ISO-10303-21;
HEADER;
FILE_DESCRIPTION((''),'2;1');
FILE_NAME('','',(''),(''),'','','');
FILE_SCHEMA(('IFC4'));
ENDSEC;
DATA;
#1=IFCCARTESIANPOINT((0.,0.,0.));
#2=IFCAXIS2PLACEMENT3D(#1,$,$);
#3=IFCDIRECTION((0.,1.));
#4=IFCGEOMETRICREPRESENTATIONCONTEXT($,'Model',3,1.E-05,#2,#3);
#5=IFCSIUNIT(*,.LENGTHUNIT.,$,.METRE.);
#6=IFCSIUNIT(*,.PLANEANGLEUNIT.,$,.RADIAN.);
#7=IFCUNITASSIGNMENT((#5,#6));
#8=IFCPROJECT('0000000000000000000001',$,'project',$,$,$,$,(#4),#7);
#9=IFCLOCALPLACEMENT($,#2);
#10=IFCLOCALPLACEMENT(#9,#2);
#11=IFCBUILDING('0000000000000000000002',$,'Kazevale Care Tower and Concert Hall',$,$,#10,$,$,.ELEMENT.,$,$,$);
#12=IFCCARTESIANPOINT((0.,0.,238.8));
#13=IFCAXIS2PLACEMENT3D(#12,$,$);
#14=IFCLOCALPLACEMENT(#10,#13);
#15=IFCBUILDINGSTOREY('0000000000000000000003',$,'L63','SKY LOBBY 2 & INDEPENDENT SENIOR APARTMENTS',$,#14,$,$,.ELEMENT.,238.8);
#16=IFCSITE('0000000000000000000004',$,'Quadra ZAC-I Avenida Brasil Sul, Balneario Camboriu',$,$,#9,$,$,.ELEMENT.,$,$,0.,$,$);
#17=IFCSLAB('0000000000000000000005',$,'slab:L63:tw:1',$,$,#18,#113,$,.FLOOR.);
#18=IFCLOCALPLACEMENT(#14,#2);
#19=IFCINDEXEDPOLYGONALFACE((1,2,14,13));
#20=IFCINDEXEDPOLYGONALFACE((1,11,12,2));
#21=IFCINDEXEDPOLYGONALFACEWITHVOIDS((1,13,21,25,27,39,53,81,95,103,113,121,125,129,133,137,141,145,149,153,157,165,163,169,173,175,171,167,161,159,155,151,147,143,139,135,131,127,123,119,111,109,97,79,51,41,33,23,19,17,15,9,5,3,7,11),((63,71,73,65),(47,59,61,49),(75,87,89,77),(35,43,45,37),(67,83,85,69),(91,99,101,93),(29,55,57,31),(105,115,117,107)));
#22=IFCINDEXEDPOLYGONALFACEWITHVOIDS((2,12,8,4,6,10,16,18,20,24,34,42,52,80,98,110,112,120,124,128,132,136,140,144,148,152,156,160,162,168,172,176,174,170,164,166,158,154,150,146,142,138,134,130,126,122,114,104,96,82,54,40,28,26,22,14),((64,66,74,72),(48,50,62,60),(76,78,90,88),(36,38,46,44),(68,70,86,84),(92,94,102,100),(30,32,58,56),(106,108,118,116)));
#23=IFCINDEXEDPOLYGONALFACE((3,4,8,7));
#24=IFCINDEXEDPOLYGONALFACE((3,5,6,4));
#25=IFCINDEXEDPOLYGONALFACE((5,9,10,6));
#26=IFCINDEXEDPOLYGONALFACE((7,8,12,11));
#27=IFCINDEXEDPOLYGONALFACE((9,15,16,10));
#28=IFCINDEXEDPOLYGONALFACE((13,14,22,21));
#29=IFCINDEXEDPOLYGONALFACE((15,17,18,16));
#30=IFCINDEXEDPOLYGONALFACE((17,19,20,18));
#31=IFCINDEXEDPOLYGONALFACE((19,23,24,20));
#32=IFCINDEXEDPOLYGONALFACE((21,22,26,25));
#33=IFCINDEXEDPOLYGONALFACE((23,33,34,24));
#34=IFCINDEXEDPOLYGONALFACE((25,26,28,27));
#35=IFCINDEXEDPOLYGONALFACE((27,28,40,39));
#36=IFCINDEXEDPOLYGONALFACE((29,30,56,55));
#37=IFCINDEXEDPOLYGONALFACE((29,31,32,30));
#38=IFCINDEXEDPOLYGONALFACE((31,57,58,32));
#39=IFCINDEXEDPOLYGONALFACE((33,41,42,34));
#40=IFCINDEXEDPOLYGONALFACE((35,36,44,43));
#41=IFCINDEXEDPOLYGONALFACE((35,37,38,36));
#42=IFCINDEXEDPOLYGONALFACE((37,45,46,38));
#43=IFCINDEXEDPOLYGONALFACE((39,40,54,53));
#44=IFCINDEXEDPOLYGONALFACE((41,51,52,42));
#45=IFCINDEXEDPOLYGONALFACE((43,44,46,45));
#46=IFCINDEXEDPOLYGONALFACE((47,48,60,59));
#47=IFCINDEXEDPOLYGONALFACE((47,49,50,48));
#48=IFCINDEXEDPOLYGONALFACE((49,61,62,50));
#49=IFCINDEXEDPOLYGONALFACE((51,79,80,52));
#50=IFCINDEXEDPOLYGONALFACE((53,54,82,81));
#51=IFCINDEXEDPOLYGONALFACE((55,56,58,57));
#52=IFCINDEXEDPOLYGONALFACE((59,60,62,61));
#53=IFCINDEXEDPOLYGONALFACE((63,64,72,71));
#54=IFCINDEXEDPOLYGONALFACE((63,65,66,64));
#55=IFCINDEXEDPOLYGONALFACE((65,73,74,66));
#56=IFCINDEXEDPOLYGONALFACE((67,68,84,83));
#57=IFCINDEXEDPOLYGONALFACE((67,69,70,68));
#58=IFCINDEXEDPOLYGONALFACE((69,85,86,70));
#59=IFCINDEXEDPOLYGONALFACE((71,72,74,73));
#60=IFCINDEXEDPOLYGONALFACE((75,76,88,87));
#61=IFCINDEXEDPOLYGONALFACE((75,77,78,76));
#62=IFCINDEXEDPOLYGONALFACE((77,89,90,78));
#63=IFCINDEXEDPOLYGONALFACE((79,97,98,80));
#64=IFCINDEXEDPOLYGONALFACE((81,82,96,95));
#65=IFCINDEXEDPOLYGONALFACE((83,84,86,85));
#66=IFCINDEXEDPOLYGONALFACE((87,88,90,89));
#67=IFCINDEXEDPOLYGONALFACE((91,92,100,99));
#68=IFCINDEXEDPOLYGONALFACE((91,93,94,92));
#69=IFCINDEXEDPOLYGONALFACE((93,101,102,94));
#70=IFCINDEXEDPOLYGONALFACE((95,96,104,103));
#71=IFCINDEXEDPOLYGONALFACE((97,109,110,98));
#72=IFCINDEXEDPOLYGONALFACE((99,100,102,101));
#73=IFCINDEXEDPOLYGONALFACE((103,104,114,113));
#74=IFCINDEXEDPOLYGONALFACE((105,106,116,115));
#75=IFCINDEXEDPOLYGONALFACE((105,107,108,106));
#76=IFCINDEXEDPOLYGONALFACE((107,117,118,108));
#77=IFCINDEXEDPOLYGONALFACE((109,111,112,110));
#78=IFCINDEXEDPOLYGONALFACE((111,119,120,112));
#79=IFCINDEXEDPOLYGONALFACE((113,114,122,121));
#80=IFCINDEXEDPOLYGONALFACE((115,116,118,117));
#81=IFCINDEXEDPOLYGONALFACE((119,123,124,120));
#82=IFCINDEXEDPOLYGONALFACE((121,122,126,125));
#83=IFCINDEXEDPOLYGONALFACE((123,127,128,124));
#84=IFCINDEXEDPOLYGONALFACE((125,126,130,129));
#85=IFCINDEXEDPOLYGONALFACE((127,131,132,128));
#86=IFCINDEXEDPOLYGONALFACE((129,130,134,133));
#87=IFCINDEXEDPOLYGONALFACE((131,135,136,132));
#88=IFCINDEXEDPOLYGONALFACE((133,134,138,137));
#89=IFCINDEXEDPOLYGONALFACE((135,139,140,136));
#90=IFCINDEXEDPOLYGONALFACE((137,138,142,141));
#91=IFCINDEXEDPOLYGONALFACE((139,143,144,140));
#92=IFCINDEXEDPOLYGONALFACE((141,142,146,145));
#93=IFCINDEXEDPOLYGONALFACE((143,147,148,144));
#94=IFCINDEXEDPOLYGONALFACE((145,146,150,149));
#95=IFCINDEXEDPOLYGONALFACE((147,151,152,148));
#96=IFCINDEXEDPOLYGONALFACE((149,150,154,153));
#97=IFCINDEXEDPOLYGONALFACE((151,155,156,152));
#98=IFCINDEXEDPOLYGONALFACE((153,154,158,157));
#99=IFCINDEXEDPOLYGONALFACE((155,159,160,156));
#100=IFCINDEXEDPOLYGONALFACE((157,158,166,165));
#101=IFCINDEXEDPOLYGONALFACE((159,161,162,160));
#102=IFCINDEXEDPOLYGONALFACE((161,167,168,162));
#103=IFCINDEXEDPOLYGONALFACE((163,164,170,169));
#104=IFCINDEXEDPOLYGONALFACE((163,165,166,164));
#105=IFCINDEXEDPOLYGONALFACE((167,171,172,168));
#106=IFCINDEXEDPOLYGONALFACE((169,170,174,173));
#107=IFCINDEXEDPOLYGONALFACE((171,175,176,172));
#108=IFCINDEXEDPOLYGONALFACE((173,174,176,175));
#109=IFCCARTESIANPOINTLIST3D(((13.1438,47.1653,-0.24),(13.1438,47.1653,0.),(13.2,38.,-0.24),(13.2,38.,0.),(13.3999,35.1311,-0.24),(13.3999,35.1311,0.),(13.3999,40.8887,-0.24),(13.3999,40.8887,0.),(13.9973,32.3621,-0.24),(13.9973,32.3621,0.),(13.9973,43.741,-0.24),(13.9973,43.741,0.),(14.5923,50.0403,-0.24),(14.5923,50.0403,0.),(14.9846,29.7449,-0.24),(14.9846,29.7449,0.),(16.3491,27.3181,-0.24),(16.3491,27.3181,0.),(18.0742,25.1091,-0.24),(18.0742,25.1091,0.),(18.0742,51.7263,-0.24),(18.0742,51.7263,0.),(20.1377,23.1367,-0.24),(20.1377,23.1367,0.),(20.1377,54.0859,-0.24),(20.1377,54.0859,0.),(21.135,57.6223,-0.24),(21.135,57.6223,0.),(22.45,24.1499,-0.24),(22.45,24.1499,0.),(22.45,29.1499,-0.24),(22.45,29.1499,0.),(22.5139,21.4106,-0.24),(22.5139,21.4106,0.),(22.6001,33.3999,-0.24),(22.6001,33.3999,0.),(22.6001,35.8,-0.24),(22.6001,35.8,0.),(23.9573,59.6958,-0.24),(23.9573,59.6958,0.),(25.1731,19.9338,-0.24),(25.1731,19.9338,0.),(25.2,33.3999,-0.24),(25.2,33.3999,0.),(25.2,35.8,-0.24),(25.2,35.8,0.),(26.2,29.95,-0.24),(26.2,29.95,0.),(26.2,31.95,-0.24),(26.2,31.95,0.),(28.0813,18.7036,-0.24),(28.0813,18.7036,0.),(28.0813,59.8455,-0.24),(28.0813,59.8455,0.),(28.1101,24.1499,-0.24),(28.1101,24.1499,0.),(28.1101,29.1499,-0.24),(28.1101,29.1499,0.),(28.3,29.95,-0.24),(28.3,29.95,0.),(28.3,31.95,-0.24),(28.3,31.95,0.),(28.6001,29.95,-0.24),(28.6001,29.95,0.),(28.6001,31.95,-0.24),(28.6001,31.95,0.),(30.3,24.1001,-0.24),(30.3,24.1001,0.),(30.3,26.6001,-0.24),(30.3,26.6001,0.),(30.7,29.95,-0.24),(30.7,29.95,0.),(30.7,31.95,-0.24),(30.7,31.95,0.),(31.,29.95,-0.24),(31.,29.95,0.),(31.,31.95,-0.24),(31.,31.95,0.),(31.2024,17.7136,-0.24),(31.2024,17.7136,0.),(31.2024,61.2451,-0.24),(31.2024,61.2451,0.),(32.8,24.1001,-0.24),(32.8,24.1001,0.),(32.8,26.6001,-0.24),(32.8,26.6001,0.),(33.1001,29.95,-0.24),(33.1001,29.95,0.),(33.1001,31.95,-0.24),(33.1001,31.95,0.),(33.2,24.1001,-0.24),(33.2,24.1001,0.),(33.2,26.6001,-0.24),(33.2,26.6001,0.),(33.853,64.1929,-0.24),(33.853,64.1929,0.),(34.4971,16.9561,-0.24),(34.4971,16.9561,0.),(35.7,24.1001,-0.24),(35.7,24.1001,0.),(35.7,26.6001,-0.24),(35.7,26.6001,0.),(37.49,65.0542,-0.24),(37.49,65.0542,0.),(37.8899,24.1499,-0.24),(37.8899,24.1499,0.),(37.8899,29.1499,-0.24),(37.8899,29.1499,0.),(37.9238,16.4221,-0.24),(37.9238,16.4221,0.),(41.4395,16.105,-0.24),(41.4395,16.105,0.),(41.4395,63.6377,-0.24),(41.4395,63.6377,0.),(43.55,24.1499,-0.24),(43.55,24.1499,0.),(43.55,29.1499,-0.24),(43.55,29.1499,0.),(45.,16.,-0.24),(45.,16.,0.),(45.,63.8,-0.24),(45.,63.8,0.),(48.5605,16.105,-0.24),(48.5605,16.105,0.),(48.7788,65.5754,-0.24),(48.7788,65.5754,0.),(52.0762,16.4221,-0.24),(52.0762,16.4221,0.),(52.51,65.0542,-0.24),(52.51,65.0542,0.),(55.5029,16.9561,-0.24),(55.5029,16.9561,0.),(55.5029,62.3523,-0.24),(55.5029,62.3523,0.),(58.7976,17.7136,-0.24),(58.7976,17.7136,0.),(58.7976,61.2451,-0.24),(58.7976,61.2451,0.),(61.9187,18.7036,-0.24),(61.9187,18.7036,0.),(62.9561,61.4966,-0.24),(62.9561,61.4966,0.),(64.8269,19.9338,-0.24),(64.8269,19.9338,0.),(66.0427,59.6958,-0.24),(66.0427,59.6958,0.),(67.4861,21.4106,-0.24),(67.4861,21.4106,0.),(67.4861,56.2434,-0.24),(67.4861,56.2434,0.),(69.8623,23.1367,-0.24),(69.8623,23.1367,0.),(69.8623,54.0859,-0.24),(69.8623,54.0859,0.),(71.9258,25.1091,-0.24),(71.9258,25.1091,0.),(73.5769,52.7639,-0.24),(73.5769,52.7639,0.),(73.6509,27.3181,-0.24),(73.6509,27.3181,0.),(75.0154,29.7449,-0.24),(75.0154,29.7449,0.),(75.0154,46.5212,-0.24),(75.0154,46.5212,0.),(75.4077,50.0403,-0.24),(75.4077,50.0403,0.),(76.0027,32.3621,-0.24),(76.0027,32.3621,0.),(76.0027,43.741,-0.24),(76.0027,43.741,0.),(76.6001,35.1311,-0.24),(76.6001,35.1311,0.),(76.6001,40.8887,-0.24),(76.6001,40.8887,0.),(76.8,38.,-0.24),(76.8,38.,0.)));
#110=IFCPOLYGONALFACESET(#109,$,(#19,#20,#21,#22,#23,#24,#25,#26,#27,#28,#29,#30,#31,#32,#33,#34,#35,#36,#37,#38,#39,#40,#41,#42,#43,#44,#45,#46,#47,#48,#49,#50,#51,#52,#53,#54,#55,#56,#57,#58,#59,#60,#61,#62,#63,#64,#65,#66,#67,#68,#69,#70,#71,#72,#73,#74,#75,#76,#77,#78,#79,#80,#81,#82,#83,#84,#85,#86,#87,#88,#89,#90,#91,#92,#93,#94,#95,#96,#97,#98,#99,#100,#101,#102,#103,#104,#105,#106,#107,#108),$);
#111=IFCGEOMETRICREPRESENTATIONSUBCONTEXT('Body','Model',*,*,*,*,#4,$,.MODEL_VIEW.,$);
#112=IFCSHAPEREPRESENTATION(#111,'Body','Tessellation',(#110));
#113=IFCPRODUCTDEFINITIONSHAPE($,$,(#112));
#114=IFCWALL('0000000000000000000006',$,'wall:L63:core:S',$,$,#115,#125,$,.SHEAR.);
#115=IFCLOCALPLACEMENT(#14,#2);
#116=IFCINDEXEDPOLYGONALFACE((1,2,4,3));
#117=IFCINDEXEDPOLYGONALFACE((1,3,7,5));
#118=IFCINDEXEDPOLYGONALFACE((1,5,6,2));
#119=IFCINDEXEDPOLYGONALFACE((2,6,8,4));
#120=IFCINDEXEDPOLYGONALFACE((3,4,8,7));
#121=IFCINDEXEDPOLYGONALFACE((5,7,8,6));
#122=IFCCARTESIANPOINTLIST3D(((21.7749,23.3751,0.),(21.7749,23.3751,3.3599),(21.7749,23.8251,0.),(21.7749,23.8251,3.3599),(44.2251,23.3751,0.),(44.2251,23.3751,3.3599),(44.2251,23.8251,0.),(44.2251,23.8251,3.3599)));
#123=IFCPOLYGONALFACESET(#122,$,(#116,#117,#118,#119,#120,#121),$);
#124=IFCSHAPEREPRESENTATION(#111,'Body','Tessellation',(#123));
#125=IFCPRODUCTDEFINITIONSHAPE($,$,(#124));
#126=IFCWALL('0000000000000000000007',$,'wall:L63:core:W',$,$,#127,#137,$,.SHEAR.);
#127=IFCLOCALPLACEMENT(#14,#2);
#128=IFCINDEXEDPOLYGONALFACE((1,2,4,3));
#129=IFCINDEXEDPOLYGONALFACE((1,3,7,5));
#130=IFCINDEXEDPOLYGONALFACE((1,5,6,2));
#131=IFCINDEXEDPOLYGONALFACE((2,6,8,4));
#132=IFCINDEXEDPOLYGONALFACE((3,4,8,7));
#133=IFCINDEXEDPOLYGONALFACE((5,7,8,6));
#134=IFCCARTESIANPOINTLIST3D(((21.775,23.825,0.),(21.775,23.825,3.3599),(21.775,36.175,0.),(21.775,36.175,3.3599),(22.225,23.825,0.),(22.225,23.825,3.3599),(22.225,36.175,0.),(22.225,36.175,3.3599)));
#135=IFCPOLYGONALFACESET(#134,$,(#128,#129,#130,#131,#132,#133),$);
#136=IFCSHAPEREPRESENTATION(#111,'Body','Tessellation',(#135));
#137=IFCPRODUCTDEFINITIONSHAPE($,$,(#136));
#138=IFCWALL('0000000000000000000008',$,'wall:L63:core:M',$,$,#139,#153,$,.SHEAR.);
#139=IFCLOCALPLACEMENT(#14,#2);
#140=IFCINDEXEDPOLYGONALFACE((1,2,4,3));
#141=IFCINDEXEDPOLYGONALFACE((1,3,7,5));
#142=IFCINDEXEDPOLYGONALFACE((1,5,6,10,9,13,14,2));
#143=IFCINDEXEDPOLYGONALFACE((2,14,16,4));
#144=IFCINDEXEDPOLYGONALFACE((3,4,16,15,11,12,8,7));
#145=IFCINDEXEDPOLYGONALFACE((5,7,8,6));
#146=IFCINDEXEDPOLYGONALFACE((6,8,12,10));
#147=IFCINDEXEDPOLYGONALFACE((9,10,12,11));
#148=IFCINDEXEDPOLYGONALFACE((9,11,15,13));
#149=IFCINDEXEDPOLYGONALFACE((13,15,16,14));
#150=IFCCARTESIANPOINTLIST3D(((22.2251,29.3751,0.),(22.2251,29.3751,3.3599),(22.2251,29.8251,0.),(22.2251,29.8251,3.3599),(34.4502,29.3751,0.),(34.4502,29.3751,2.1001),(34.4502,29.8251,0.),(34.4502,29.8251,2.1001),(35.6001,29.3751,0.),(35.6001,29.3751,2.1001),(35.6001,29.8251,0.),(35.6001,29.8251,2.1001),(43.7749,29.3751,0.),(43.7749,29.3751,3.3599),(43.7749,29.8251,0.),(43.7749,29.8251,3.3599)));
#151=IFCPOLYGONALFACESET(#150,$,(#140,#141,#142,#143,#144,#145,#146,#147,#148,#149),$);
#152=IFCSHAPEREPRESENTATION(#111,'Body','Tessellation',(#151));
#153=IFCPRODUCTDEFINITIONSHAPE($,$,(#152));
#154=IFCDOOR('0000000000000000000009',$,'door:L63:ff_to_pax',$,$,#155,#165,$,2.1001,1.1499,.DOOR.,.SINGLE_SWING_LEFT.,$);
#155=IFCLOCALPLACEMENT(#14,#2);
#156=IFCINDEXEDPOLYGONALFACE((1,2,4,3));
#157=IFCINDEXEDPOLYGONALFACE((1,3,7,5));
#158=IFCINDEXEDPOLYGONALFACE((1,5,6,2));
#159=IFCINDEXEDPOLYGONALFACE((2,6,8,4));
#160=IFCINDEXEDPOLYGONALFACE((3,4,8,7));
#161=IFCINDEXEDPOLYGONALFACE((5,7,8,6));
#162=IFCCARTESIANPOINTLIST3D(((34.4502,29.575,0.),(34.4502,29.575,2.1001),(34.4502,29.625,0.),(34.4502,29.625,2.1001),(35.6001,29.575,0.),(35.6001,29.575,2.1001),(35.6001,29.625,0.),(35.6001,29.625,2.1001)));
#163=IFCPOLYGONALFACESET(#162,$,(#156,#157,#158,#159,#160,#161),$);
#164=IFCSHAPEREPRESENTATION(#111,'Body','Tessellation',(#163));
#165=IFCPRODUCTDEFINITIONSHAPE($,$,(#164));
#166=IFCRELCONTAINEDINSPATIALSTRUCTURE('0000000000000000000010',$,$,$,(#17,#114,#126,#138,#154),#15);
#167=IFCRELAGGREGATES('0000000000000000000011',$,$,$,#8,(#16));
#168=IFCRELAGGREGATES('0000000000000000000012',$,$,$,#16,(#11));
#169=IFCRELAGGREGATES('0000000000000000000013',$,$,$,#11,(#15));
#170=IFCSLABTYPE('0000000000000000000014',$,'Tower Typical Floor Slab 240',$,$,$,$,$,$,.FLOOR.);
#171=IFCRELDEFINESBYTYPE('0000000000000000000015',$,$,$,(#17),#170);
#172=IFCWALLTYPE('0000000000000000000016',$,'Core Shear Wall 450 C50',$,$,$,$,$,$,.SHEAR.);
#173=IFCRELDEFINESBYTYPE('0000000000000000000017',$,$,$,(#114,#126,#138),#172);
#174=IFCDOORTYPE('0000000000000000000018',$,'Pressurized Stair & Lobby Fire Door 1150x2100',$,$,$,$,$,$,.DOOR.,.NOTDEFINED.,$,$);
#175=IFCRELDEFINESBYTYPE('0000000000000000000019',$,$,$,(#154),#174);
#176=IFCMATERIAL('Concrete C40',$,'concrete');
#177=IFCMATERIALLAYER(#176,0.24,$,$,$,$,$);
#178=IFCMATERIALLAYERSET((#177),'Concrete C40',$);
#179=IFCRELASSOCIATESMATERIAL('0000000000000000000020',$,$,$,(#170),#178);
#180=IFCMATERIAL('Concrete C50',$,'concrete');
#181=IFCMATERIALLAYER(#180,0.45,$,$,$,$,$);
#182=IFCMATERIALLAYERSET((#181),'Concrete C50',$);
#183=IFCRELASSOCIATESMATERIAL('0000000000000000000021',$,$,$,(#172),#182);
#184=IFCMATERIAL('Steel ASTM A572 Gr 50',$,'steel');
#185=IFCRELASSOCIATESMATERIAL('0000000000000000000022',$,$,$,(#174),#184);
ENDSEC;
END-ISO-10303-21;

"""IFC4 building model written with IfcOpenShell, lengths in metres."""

from ifc_helpers import new_model, si_unit, direction, frame, frame_2d, origin, place, context, subcontext, project, spatial, polyline, rectangle, outline, extrude, material, layer, layer_set, type_object, element, fill, save


model = new_model("IFC4")

# Units and contexts
model_context = context("Model", 3, precision=1e-05, world=origin(), true_north=direction((0.0, 1.0)))
body_context = subcontext(model_context, "Body", "Model", "MODEL_VIEW")
ifc_project = project(units=[si_unit("LENGTHUNIT", "METRE"), si_unit("PLANEANGLEUNIT", "RADIAN")], contexts=[model_context])

# Site, building, storey
site_placement = place(None, origin())
site = spatial("IfcSite", under=ifc_project, at=site_placement, Name="Quadra ZAC-I Avenida Brasil Sul, Balneario Camboriu", CompositionType="ELEMENT", RefElevation=0.0)
building_placement = place(site_placement, origin())
building = spatial("IfcBuilding", under=site, at=building_placement, Name="Kazevale Care Tower and Concert Hall", CompositionType="ELEMENT")
storey_placement = place(building_placement, frame((0.0, 0.0, 238.8)))
storey = spatial("IfcBuildingStorey", under=building, at=storey_placement, Name="L63", Description="SKY LOBBY 2 & INDEPENDENT SENIOR APARTMENTS", CompositionType="ELEMENT", Elevation=238.8)

# Shared definitions
ifc_material_1 = material(Name="Concrete C50", Category="concrete")

# Shared definitions
ifc_material_2 = material(Name="Steel ASTM A572 Gr 50", Category="steel")

# Shared definitions
ifc_material_3 = material(Name="Concrete C40", Category="concrete")

# Slab
ifc_layer_1 = layer(ifc_material_3, 0.24)
ifc_layer_set_1 = layer_set([ifc_layer_1], Name="Concrete C40")
slab_type_1 = type_object("IfcSlabType", Name="Tower Typical Floor Slab 240", PredefinedType="FLOOR", material=ifc_layer_set_1)
slab_1_placement = place(storey_placement, frame((0.0, 0.0, -0.24)))
element("IfcSlab", 1, at=slab_1_placement, inside=storey, type_object=slab_type_1, Name="slab:L63:tw:1", PredefinedType="FLOOR", context=body_context, shape_type="SweptSolid", body=[
    extrude(outline(polyline([(76.8, 38.0), (76.6001, 40.8887), (76.0027, 43.741), (75.0154, 46.5212), (75.4077, 50.0403), (73.5769, 52.7639), (69.8623, 54.0859), (67.4861, 56.2434), (66.0427, 59.6958), (62.9561, 61.4966), (58.7976, 61.2451), (55.5029, 62.3523), (52.51, 65.0542), (48.7788, 65.5754), (45.0, 63.8), (41.4395, 63.6377), (37.49, 65.0542), (33.853, 64.1929), (31.2024, 61.2451), (28.0813, 59.8455), (23.9573, 59.6958), (21.135, 57.6223), (20.1377, 54.0859), (18.0742, 51.7263), (14.5923, 50.0403), (13.1438, 47.1653), (13.9973, 43.741), (13.3999, 40.8887), (13.2, 38.0), (13.3999, 35.1311), (13.9973, 32.3621), (14.9846, 29.7449), (16.3491, 27.3181), (18.0742, 25.1091), (20.1377, 23.1367), (22.5139, 21.4106), (25.1731, 19.9338), (28.0813, 18.7036), (31.2024, 17.7136), (34.4971, 16.9561), (37.9238, 16.4221), (41.4395, 16.105), (45.0, 16.0), (48.5605, 16.105), (52.0762, 16.4221), (55.5029, 16.9561), (58.7976, 17.7136), (61.9187, 18.7036), (64.8269, 19.9338), (67.4861, 21.4106), (69.8623, 23.1367), (71.9258, 25.1091), (73.6509, 27.3181), (75.0154, 29.7449), (76.0027, 32.3621), (76.6001, 35.1311), (76.8, 38.0)]), holes=[polyline([(22.45, 24.1499), (28.1101, 24.1499), (28.1101, 29.1499), (22.45, 29.1499), (22.45, 24.1499)]), polyline([(37.8899, 24.1499), (43.55, 24.1499), (43.55, 29.1499), (37.8899, 29.1499), (37.8899, 24.1499)]), polyline([(30.3, 24.1001), (32.8, 24.1001), (32.8, 26.6001), (30.3, 26.6001), (30.3, 24.1001)]), polyline([(33.2, 24.1001), (35.7, 24.1001), (35.7, 26.6001), (33.2, 26.6001), (33.2, 24.1001)]), polyline([(22.6001, 33.3999), (25.2, 33.3999), (25.2, 35.8), (22.6001, 35.8), (22.6001, 33.3999)]), polyline([(26.2, 29.95), (28.3, 29.95), (28.3, 31.95), (26.2, 31.95), (26.2, 29.95)]), polyline([(28.6001, 29.95), (30.7, 29.95), (30.7, 31.95), (28.6001, 31.95), (28.6001, 29.95)]), polyline([(31.0, 29.95), (33.1001, 29.95), (33.1001, 31.95), (31.0, 31.95), (31.0, 29.95)])]), origin(), (0.0, 0.0, 1.0), 0.24),
])

# Walls
ifc_layer_2 = layer(ifc_material_1, 0.45)
ifc_layer_set_2 = layer_set([ifc_layer_2], Name="Concrete C50")
wall_type_1 = type_object("IfcWallType", Name="Core Shear Wall 450 C50", PredefinedType="SHEAR", material=ifc_layer_set_2)
wall_1_placement = place(storey_placement, frame((21.7749, 23.6001, 0.0), z_axis=(0.0, 0.0, 1.0), x_axis=(1.0, 0.0, 0.0)))
element("IfcWall", 2, at=wall_1_placement, inside=storey, type_object=wall_type_1, Name="wall:L63:core:S", PredefinedType="SHEAR", context=body_context, shape_type="SweptSolid", body=[
    extrude(rectangle(XDim=22.4502, YDim=0.45, at=frame_2d((11.2251, 0.0))), origin(), (0.0, 0.0, 1.0), 3.3599),
])
wall_2_placement = place(storey_placement, frame((22.0, 23.825, 0.0), z_axis=(0.0, 0.0, 1.0), x_axis=(0.0, 1.0, 0.0)))
element("IfcWall", 3, at=wall_2_placement, inside=storey, type_object=wall_type_1, Name="wall:L63:core:W", PredefinedType="SHEAR", context=body_context, shape_type="SweptSolid", body=[
    extrude(rectangle(XDim=12.3501, YDim=0.45, at=frame_2d((6.175, 0.0))), origin(), (0.0, 0.0, 1.0), 3.3599),
])

# Wall, opening, door
wall_3_placement = place(storey_placement, frame((22.2251, 29.6001, 0.0), z_axis=(0.0, 0.0, 1.0), x_axis=(1.0, 0.0, 0.0)))
wall_3 = element("IfcWall", 4, at=wall_3_placement, inside=storey, type_object=wall_type_1, Name="wall:L63:core:M", PredefinedType="SHEAR", context=body_context, shape_type="SweptSolid", body=[
    extrude(rectangle(XDim=21.5498, YDim=0.45, at=frame_2d((10.7749, 0.0))), origin(), (0.0, 0.0, 1.0), 3.3599),
])
opening_1_placement = place(wall_3_placement, frame((12.2251, 0.0, 0.0)))
opening_1 = element("IfcOpeningElement", 5, at=opening_1_placement, cuts=wall_3, PredefinedType="OPENING", context=body_context, shape_type="SweptSolid", body=[
    extrude(rectangle(XDim=1.1499, YDim=2.1001, at=frame_2d((0.575, 1.05))), frame((0.0, 0.2349, 0.0), z_axis=(0.0, -1.0, 0.0), x_axis=(1.0, 0.0, 0.0)), (0.0, 0.0, 1.0), 0.47),
])
door_type_1 = type_object("IfcDoorType", Name="Pressurized Stair & Lobby Fire Door 1150x2100", OperationType="NOTDEFINED", PredefinedType="DOOR", material=ifc_material_2)
door_1_placement = place(opening_1_placement, origin())
door_1 = element("IfcDoor", 6, at=door_1_placement, inside=storey, type_object=door_type_1, Name="door:L63:ff_to_pax", OperationType="SINGLE_SWING_LEFT", OverallHeight=2.1001, OverallWidth=1.1499, PredefinedType="DOOR", context=body_context, shape_type="SweptSolid", body=[
    extrude(rectangle(XDim=1.1499, YDim=2.1001, at=frame_2d((0.575, 1.05))), frame((0.0, 0.0249, 0.0), z_axis=(0.0, -1.0, 0.0), x_axis=(1.0, 0.0, 0.0)), (0.0, 0.0, 1.0), 0.05),
])
fill(opening_1, door_1)

save(model, "model.ifc")
